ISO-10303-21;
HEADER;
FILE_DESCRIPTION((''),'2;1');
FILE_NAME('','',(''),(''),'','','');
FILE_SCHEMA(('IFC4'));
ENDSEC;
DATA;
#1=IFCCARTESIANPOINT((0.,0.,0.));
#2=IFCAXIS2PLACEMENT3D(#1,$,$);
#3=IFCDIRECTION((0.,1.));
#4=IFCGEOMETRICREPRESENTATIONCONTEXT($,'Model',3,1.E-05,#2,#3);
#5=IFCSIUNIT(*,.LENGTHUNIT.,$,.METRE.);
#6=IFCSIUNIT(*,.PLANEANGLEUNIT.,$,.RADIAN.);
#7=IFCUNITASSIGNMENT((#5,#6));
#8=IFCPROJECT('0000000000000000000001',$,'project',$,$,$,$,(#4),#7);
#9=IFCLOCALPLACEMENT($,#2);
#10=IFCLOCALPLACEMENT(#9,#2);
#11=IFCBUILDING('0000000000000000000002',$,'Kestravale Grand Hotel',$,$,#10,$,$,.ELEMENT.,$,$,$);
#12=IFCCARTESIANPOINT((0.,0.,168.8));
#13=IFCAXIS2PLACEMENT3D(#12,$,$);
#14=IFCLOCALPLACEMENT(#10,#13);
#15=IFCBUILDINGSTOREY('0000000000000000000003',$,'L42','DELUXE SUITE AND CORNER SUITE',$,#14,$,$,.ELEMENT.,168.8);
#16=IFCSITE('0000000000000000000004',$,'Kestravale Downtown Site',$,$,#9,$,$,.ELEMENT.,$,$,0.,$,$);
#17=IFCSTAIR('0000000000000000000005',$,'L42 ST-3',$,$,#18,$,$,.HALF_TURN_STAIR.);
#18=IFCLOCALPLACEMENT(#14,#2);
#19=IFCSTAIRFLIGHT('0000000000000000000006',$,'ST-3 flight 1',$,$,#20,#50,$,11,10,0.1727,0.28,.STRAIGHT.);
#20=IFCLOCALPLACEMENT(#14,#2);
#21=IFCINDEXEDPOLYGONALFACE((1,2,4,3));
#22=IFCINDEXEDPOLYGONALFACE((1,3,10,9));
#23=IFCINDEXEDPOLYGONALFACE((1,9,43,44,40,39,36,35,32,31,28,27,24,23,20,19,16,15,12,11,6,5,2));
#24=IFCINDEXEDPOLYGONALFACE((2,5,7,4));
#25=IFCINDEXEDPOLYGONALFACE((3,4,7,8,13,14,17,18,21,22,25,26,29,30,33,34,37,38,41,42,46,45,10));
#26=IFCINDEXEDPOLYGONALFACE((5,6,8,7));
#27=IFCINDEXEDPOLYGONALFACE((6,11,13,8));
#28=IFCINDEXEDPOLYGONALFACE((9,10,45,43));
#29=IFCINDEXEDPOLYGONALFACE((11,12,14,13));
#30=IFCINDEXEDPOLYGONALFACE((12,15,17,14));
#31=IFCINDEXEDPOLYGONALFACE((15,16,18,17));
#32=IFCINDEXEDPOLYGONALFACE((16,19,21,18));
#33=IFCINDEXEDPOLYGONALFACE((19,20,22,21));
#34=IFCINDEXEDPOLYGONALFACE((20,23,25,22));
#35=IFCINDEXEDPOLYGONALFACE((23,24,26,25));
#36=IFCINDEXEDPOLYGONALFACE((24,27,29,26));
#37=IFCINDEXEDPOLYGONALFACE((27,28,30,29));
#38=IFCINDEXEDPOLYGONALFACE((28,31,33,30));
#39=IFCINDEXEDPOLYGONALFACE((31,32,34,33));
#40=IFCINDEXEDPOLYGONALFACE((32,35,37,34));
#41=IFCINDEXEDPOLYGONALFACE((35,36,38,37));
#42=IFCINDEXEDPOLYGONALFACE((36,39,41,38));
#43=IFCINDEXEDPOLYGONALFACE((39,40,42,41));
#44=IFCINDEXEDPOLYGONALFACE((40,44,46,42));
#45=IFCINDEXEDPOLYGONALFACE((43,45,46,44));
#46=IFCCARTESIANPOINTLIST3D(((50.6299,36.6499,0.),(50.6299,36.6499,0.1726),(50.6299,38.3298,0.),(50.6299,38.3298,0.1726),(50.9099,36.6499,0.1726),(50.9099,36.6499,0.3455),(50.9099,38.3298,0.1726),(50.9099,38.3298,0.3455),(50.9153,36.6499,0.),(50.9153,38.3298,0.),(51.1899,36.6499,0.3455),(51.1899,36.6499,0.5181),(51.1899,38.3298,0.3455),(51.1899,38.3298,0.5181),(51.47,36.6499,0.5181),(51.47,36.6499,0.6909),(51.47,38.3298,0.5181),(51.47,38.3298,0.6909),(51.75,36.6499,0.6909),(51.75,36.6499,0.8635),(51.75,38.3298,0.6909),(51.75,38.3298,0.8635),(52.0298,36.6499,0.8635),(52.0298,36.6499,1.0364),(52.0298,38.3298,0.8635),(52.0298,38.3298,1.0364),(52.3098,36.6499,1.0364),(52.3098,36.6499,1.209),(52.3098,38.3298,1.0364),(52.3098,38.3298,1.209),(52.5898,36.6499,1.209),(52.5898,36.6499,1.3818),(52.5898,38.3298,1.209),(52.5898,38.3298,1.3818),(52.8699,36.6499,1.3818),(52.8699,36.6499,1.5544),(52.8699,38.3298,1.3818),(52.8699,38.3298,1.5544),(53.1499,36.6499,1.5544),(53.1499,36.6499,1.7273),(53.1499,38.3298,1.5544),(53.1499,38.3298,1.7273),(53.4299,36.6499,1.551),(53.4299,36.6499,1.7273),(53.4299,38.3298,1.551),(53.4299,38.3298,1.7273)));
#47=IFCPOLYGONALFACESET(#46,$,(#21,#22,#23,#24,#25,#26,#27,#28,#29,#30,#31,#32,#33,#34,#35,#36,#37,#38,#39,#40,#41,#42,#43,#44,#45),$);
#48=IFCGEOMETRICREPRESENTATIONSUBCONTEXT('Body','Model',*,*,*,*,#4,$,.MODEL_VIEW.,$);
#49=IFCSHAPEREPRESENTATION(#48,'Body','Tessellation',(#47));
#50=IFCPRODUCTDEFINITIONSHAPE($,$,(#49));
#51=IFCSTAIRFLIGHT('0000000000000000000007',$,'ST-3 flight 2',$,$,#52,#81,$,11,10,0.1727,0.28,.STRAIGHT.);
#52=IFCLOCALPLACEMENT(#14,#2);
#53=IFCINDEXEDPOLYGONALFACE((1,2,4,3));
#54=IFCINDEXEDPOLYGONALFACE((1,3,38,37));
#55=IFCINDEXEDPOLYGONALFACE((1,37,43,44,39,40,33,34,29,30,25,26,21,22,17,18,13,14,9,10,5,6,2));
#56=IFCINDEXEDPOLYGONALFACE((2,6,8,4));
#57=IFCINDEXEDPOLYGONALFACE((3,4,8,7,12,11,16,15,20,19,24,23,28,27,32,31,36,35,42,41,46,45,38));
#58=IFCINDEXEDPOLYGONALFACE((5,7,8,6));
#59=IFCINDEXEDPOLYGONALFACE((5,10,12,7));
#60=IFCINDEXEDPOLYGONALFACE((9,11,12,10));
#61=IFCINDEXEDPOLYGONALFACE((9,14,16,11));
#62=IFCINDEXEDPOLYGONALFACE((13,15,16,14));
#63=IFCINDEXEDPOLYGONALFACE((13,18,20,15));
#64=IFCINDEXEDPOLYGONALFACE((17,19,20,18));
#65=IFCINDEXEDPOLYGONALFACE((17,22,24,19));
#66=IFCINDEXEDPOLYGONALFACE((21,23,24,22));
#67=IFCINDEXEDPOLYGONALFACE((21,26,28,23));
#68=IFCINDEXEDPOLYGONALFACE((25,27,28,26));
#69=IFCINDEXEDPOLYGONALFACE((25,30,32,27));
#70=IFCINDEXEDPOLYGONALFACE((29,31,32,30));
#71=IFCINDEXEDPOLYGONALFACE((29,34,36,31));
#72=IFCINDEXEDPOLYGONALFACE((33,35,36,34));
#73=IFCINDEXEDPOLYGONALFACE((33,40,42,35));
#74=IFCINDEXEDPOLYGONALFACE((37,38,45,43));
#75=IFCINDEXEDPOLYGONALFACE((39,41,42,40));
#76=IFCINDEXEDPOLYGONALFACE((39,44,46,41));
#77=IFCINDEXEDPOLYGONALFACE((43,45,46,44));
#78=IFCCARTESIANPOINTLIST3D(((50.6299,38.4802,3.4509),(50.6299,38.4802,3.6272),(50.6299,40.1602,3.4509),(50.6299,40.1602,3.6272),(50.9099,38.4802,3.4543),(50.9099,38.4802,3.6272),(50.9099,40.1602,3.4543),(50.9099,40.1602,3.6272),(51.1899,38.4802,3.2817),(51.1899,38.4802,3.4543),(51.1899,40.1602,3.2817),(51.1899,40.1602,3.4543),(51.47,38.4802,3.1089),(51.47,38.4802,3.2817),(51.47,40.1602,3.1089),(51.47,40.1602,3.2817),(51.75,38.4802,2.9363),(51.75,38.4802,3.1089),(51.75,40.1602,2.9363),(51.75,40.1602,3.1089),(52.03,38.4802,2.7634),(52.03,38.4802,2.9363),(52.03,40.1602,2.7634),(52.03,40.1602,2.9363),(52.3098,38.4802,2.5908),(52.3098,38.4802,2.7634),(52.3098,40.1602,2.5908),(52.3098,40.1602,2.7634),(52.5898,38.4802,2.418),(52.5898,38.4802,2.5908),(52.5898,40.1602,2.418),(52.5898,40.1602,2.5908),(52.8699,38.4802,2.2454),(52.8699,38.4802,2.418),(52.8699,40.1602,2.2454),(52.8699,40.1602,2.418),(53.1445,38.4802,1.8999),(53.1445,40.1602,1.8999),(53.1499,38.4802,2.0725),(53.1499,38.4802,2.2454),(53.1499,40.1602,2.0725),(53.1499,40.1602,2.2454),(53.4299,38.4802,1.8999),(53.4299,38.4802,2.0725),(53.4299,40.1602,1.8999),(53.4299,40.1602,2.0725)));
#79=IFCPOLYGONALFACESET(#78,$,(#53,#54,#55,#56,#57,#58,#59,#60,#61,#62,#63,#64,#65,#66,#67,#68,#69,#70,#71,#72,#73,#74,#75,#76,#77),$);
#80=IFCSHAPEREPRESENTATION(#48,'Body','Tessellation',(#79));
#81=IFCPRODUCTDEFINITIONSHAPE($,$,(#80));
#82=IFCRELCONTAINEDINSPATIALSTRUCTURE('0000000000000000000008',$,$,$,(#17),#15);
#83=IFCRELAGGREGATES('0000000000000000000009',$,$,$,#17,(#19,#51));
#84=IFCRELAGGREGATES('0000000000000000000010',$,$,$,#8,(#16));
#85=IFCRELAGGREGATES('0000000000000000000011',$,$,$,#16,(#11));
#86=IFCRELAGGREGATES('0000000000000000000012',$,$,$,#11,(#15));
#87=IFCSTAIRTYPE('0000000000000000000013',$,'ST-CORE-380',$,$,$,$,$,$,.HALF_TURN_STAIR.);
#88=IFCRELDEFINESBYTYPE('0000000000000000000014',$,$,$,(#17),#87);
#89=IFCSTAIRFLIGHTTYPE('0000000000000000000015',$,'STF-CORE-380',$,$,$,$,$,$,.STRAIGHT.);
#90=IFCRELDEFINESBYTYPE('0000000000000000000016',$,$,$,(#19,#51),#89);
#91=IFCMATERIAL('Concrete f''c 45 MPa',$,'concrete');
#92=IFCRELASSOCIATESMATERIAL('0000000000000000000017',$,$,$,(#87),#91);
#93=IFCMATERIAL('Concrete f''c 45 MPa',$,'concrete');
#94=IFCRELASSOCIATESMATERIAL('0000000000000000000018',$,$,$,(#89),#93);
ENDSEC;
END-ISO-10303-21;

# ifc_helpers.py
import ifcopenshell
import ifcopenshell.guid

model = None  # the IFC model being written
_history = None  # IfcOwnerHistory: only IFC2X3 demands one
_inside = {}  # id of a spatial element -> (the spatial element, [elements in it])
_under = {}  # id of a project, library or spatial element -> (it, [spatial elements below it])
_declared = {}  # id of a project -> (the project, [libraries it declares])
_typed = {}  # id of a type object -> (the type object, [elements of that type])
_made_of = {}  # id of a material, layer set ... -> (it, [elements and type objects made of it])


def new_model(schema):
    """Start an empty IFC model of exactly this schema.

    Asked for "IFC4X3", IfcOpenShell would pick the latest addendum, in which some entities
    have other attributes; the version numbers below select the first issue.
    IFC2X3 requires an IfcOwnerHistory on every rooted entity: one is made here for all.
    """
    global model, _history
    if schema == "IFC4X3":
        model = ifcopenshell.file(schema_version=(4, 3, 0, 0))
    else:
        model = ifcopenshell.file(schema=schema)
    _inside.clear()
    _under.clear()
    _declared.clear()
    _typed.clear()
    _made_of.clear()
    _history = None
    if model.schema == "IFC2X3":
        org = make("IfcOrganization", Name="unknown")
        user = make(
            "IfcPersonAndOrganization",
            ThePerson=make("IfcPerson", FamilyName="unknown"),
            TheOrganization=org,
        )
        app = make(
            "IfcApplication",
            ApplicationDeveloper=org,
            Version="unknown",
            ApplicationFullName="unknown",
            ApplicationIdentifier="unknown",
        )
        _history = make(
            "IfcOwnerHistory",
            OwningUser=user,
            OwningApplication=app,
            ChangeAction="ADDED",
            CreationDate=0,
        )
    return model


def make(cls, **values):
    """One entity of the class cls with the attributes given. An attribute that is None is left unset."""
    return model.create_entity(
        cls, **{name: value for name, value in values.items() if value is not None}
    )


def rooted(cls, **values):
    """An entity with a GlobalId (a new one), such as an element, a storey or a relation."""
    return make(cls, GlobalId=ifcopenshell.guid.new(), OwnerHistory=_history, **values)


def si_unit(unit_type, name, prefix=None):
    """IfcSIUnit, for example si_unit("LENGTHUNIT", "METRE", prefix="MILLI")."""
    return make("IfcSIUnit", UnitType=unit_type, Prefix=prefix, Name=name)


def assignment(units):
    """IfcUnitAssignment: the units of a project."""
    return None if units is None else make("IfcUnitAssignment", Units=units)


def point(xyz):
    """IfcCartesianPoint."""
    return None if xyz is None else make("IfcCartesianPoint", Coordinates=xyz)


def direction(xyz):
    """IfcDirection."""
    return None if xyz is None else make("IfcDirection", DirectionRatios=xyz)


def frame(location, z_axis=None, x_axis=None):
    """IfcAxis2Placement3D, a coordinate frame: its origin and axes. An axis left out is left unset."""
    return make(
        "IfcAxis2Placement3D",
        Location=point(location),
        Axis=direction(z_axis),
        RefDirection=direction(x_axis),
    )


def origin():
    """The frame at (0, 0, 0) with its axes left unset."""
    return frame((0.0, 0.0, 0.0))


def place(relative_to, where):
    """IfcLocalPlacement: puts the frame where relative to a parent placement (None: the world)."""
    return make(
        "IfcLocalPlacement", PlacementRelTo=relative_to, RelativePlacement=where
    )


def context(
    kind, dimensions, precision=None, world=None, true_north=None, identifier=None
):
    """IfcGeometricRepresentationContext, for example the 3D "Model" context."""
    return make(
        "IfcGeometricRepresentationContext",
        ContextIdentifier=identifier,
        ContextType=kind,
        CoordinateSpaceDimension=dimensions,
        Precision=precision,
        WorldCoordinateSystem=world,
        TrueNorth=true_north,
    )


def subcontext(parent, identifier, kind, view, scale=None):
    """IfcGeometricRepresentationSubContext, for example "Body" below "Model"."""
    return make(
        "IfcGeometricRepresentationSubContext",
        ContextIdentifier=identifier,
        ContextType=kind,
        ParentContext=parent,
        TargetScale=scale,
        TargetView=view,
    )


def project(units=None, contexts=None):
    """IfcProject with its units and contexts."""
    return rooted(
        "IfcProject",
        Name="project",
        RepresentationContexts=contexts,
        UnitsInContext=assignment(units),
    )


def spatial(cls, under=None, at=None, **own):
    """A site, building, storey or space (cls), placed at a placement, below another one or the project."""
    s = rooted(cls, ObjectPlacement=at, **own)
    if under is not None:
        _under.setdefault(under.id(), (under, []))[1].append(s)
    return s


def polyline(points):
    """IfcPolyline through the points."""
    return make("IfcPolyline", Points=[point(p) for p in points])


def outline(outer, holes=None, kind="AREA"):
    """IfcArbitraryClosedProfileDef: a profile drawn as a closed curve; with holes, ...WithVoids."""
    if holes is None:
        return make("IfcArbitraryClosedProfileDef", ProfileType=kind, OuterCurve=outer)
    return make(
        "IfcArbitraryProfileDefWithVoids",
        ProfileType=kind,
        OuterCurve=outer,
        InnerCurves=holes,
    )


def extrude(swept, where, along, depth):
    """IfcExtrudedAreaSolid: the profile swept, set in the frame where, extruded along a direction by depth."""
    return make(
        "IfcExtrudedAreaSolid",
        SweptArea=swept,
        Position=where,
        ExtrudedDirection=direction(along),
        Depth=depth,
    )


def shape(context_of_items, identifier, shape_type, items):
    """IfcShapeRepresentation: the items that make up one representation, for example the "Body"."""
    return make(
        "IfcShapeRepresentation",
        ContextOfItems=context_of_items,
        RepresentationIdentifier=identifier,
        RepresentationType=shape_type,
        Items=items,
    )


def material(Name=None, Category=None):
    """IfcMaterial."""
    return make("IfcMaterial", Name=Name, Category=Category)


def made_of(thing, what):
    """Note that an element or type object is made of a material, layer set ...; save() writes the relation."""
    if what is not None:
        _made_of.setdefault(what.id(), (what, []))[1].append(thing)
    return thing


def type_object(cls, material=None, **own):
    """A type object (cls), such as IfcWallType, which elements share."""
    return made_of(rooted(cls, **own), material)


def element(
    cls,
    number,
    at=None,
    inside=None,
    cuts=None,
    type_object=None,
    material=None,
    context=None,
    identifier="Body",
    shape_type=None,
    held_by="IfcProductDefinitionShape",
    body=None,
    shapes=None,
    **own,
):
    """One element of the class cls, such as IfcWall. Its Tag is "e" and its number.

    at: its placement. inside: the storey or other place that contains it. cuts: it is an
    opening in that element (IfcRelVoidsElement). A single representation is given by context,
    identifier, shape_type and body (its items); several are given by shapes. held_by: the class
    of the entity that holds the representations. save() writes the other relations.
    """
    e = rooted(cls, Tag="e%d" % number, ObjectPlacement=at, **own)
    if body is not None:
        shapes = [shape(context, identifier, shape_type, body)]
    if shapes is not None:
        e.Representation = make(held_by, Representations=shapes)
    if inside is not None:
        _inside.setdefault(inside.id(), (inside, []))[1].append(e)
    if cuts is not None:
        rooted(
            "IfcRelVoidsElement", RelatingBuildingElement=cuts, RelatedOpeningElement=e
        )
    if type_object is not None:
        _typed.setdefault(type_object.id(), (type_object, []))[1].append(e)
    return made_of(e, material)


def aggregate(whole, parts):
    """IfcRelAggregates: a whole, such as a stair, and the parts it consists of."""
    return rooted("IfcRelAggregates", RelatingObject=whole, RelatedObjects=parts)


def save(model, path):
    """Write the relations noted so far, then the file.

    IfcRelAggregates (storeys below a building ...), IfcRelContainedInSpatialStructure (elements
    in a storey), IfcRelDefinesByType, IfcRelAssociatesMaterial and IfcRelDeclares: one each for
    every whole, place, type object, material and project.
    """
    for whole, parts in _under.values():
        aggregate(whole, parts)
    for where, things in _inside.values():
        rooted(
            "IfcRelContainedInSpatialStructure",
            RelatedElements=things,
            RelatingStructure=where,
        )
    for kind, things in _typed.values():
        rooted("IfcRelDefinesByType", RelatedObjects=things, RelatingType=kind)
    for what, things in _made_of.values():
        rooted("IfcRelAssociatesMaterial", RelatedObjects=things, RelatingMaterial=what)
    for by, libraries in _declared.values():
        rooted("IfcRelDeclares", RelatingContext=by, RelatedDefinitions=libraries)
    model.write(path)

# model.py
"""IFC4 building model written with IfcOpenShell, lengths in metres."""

from ifc_helpers import new_model, si_unit, direction, frame, origin, place, context, subcontext, project, spatial, polyline, outline, extrude, material, type_object, element, aggregate, save


model = new_model("IFC4")

# Units and contexts
model_context = context("Model", 3, precision=1e-05, world=origin(), true_north=direction((0.0, 1.0)))
body_context = subcontext(model_context, "Body", "Model", "MODEL_VIEW")
ifc_project = project(units=[si_unit("LENGTHUNIT", "METRE"), si_unit("PLANEANGLEUNIT", "RADIAN")], contexts=[model_context])

# Site, building, storey
site_placement = place(None, origin())
site = spatial("IfcSite", under=ifc_project, at=site_placement, Name="Kestravale Downtown Site", CompositionType="ELEMENT", RefElevation=0.0)
building_placement = place(site_placement, origin())
building = spatial("IfcBuilding", under=site, at=building_placement, Name="Kestravale Grand Hotel", CompositionType="ELEMENT")
storey_placement = place(building_placement, frame((0.0, 0.0, 168.8)))
storey = spatial("IfcBuildingStorey", under=building, at=storey_placement, Name="L42", Description="DELUXE SUITE AND CORNER SUITE", CompositionType="ELEMENT", Elevation=168.8)

# Stair, stair flights
ifc_material_1 = material(Name="Concrete f'c 45 MPa", Category="concrete")
stair_type = type_object("IfcStairType", Name="ST-CORE-380", PredefinedType="HALF_TURN_STAIR", material=ifc_material_1)
stair_placement = place(storey_placement, origin())
stair = element("IfcStair", 1, at=stair_placement, inside=storey, type_object=stair_type, Name="L42 ST-3", PredefinedType="HALF_TURN_STAIR")
ifc_material_2 = material(Name="Concrete f'c 45 MPa", Category="concrete")
stair_flight_type = type_object("IfcStairFlightType", Name="STF-CORE-380", PredefinedType="STRAIGHT", material=ifc_material_2)
stair_flight_1_placement = place(storey_placement, frame((50.6299, 37.49, 0.0), z_axis=(0.0, 0.0, 1.0), x_axis=(1.0, 0.0, 0.0)))
stair_flight_1 = element("IfcStairFlight", 2, at=stair_flight_1_placement, type_object=stair_flight_type, Name="ST-3 flight 1", NumberOfRisers=11, NumberOfTreads=10, PredefinedType="STRAIGHT", RiserHeight=0.1727, TreadLength=0.28, context=body_context, shape_type="SweptSolid", body=[
    extrude(outline(polyline([(0.0, 0.0), (0.0, 0.1726), (0.28, 0.1726), (0.28, 0.3455), (0.5601, 0.3455), (0.5601, 0.5181), (0.8401, 0.5181), (0.8401, 0.6909), (1.1201, 0.6909), (1.1201, 0.8635), (1.3999, 0.8635), (1.3999, 1.0364), (1.6799, 1.0364), (1.6799, 1.209), (1.96, 1.209), (1.96, 1.3818), (2.24, 1.3818), (2.24, 1.5544), (2.52, 1.5544), (2.52, 1.7273), (2.8, 1.7273), (2.8, 1.8999), (2.8, 1.551), (0.2854, 0.0), (0.0, 0.0)])), frame((0.0, 0.8398, 0.0), z_axis=(0.0, -1.0, 0.0), x_axis=(1.0, 0.0, 0.0)), (0.0, 0.0, 1.0), 1.6799),
])
stair_flight_2_placement = place(storey_placement, frame((53.4299, 39.3201, 1.8999), z_axis=(0.0, 0.0, 1.0), x_axis=(-1.0, 0.0, 0.0)))
stair_flight_2 = element("IfcStairFlight", 3, at=stair_flight_2_placement, type_object=stair_flight_type, Name="ST-3 flight 2", NumberOfRisers=11, NumberOfTreads=10, PredefinedType="STRAIGHT", RiserHeight=0.1727, TreadLength=0.28, context=body_context, shape_type="SweptSolid", body=[
    extrude(outline(polyline([(0.0, 0.0), (0.0, 0.1726), (0.28, 0.1726), (0.28, 0.3455), (0.5601, 0.3455), (0.5601, 0.5181), (0.8401, 0.5181), (0.8401, 0.6909), (1.1201, 0.6909), (1.1201, 0.8635), (1.3999, 0.8635), (1.3999, 1.0364), (1.6799, 1.0364), (1.6799, 1.209), (1.96, 1.209), (1.96, 1.3818), (2.24, 1.3818), (2.24, 1.5544), (2.52, 1.5544), (2.52, 1.7273), (2.8, 1.7273), (2.8, 1.8999), (2.8, 1.551), (0.2854, 0.0), (0.0, 0.0)])), frame((0.0, 0.8398, 0.0), z_axis=(0.0, -1.0, 0.0), x_axis=(1.0, 0.0, 0.0)), (0.0, 0.0, 1.0), 1.6799),
])
aggregate(stair, [stair_flight_1, stair_flight_2])

save(model, "model.ifc")
